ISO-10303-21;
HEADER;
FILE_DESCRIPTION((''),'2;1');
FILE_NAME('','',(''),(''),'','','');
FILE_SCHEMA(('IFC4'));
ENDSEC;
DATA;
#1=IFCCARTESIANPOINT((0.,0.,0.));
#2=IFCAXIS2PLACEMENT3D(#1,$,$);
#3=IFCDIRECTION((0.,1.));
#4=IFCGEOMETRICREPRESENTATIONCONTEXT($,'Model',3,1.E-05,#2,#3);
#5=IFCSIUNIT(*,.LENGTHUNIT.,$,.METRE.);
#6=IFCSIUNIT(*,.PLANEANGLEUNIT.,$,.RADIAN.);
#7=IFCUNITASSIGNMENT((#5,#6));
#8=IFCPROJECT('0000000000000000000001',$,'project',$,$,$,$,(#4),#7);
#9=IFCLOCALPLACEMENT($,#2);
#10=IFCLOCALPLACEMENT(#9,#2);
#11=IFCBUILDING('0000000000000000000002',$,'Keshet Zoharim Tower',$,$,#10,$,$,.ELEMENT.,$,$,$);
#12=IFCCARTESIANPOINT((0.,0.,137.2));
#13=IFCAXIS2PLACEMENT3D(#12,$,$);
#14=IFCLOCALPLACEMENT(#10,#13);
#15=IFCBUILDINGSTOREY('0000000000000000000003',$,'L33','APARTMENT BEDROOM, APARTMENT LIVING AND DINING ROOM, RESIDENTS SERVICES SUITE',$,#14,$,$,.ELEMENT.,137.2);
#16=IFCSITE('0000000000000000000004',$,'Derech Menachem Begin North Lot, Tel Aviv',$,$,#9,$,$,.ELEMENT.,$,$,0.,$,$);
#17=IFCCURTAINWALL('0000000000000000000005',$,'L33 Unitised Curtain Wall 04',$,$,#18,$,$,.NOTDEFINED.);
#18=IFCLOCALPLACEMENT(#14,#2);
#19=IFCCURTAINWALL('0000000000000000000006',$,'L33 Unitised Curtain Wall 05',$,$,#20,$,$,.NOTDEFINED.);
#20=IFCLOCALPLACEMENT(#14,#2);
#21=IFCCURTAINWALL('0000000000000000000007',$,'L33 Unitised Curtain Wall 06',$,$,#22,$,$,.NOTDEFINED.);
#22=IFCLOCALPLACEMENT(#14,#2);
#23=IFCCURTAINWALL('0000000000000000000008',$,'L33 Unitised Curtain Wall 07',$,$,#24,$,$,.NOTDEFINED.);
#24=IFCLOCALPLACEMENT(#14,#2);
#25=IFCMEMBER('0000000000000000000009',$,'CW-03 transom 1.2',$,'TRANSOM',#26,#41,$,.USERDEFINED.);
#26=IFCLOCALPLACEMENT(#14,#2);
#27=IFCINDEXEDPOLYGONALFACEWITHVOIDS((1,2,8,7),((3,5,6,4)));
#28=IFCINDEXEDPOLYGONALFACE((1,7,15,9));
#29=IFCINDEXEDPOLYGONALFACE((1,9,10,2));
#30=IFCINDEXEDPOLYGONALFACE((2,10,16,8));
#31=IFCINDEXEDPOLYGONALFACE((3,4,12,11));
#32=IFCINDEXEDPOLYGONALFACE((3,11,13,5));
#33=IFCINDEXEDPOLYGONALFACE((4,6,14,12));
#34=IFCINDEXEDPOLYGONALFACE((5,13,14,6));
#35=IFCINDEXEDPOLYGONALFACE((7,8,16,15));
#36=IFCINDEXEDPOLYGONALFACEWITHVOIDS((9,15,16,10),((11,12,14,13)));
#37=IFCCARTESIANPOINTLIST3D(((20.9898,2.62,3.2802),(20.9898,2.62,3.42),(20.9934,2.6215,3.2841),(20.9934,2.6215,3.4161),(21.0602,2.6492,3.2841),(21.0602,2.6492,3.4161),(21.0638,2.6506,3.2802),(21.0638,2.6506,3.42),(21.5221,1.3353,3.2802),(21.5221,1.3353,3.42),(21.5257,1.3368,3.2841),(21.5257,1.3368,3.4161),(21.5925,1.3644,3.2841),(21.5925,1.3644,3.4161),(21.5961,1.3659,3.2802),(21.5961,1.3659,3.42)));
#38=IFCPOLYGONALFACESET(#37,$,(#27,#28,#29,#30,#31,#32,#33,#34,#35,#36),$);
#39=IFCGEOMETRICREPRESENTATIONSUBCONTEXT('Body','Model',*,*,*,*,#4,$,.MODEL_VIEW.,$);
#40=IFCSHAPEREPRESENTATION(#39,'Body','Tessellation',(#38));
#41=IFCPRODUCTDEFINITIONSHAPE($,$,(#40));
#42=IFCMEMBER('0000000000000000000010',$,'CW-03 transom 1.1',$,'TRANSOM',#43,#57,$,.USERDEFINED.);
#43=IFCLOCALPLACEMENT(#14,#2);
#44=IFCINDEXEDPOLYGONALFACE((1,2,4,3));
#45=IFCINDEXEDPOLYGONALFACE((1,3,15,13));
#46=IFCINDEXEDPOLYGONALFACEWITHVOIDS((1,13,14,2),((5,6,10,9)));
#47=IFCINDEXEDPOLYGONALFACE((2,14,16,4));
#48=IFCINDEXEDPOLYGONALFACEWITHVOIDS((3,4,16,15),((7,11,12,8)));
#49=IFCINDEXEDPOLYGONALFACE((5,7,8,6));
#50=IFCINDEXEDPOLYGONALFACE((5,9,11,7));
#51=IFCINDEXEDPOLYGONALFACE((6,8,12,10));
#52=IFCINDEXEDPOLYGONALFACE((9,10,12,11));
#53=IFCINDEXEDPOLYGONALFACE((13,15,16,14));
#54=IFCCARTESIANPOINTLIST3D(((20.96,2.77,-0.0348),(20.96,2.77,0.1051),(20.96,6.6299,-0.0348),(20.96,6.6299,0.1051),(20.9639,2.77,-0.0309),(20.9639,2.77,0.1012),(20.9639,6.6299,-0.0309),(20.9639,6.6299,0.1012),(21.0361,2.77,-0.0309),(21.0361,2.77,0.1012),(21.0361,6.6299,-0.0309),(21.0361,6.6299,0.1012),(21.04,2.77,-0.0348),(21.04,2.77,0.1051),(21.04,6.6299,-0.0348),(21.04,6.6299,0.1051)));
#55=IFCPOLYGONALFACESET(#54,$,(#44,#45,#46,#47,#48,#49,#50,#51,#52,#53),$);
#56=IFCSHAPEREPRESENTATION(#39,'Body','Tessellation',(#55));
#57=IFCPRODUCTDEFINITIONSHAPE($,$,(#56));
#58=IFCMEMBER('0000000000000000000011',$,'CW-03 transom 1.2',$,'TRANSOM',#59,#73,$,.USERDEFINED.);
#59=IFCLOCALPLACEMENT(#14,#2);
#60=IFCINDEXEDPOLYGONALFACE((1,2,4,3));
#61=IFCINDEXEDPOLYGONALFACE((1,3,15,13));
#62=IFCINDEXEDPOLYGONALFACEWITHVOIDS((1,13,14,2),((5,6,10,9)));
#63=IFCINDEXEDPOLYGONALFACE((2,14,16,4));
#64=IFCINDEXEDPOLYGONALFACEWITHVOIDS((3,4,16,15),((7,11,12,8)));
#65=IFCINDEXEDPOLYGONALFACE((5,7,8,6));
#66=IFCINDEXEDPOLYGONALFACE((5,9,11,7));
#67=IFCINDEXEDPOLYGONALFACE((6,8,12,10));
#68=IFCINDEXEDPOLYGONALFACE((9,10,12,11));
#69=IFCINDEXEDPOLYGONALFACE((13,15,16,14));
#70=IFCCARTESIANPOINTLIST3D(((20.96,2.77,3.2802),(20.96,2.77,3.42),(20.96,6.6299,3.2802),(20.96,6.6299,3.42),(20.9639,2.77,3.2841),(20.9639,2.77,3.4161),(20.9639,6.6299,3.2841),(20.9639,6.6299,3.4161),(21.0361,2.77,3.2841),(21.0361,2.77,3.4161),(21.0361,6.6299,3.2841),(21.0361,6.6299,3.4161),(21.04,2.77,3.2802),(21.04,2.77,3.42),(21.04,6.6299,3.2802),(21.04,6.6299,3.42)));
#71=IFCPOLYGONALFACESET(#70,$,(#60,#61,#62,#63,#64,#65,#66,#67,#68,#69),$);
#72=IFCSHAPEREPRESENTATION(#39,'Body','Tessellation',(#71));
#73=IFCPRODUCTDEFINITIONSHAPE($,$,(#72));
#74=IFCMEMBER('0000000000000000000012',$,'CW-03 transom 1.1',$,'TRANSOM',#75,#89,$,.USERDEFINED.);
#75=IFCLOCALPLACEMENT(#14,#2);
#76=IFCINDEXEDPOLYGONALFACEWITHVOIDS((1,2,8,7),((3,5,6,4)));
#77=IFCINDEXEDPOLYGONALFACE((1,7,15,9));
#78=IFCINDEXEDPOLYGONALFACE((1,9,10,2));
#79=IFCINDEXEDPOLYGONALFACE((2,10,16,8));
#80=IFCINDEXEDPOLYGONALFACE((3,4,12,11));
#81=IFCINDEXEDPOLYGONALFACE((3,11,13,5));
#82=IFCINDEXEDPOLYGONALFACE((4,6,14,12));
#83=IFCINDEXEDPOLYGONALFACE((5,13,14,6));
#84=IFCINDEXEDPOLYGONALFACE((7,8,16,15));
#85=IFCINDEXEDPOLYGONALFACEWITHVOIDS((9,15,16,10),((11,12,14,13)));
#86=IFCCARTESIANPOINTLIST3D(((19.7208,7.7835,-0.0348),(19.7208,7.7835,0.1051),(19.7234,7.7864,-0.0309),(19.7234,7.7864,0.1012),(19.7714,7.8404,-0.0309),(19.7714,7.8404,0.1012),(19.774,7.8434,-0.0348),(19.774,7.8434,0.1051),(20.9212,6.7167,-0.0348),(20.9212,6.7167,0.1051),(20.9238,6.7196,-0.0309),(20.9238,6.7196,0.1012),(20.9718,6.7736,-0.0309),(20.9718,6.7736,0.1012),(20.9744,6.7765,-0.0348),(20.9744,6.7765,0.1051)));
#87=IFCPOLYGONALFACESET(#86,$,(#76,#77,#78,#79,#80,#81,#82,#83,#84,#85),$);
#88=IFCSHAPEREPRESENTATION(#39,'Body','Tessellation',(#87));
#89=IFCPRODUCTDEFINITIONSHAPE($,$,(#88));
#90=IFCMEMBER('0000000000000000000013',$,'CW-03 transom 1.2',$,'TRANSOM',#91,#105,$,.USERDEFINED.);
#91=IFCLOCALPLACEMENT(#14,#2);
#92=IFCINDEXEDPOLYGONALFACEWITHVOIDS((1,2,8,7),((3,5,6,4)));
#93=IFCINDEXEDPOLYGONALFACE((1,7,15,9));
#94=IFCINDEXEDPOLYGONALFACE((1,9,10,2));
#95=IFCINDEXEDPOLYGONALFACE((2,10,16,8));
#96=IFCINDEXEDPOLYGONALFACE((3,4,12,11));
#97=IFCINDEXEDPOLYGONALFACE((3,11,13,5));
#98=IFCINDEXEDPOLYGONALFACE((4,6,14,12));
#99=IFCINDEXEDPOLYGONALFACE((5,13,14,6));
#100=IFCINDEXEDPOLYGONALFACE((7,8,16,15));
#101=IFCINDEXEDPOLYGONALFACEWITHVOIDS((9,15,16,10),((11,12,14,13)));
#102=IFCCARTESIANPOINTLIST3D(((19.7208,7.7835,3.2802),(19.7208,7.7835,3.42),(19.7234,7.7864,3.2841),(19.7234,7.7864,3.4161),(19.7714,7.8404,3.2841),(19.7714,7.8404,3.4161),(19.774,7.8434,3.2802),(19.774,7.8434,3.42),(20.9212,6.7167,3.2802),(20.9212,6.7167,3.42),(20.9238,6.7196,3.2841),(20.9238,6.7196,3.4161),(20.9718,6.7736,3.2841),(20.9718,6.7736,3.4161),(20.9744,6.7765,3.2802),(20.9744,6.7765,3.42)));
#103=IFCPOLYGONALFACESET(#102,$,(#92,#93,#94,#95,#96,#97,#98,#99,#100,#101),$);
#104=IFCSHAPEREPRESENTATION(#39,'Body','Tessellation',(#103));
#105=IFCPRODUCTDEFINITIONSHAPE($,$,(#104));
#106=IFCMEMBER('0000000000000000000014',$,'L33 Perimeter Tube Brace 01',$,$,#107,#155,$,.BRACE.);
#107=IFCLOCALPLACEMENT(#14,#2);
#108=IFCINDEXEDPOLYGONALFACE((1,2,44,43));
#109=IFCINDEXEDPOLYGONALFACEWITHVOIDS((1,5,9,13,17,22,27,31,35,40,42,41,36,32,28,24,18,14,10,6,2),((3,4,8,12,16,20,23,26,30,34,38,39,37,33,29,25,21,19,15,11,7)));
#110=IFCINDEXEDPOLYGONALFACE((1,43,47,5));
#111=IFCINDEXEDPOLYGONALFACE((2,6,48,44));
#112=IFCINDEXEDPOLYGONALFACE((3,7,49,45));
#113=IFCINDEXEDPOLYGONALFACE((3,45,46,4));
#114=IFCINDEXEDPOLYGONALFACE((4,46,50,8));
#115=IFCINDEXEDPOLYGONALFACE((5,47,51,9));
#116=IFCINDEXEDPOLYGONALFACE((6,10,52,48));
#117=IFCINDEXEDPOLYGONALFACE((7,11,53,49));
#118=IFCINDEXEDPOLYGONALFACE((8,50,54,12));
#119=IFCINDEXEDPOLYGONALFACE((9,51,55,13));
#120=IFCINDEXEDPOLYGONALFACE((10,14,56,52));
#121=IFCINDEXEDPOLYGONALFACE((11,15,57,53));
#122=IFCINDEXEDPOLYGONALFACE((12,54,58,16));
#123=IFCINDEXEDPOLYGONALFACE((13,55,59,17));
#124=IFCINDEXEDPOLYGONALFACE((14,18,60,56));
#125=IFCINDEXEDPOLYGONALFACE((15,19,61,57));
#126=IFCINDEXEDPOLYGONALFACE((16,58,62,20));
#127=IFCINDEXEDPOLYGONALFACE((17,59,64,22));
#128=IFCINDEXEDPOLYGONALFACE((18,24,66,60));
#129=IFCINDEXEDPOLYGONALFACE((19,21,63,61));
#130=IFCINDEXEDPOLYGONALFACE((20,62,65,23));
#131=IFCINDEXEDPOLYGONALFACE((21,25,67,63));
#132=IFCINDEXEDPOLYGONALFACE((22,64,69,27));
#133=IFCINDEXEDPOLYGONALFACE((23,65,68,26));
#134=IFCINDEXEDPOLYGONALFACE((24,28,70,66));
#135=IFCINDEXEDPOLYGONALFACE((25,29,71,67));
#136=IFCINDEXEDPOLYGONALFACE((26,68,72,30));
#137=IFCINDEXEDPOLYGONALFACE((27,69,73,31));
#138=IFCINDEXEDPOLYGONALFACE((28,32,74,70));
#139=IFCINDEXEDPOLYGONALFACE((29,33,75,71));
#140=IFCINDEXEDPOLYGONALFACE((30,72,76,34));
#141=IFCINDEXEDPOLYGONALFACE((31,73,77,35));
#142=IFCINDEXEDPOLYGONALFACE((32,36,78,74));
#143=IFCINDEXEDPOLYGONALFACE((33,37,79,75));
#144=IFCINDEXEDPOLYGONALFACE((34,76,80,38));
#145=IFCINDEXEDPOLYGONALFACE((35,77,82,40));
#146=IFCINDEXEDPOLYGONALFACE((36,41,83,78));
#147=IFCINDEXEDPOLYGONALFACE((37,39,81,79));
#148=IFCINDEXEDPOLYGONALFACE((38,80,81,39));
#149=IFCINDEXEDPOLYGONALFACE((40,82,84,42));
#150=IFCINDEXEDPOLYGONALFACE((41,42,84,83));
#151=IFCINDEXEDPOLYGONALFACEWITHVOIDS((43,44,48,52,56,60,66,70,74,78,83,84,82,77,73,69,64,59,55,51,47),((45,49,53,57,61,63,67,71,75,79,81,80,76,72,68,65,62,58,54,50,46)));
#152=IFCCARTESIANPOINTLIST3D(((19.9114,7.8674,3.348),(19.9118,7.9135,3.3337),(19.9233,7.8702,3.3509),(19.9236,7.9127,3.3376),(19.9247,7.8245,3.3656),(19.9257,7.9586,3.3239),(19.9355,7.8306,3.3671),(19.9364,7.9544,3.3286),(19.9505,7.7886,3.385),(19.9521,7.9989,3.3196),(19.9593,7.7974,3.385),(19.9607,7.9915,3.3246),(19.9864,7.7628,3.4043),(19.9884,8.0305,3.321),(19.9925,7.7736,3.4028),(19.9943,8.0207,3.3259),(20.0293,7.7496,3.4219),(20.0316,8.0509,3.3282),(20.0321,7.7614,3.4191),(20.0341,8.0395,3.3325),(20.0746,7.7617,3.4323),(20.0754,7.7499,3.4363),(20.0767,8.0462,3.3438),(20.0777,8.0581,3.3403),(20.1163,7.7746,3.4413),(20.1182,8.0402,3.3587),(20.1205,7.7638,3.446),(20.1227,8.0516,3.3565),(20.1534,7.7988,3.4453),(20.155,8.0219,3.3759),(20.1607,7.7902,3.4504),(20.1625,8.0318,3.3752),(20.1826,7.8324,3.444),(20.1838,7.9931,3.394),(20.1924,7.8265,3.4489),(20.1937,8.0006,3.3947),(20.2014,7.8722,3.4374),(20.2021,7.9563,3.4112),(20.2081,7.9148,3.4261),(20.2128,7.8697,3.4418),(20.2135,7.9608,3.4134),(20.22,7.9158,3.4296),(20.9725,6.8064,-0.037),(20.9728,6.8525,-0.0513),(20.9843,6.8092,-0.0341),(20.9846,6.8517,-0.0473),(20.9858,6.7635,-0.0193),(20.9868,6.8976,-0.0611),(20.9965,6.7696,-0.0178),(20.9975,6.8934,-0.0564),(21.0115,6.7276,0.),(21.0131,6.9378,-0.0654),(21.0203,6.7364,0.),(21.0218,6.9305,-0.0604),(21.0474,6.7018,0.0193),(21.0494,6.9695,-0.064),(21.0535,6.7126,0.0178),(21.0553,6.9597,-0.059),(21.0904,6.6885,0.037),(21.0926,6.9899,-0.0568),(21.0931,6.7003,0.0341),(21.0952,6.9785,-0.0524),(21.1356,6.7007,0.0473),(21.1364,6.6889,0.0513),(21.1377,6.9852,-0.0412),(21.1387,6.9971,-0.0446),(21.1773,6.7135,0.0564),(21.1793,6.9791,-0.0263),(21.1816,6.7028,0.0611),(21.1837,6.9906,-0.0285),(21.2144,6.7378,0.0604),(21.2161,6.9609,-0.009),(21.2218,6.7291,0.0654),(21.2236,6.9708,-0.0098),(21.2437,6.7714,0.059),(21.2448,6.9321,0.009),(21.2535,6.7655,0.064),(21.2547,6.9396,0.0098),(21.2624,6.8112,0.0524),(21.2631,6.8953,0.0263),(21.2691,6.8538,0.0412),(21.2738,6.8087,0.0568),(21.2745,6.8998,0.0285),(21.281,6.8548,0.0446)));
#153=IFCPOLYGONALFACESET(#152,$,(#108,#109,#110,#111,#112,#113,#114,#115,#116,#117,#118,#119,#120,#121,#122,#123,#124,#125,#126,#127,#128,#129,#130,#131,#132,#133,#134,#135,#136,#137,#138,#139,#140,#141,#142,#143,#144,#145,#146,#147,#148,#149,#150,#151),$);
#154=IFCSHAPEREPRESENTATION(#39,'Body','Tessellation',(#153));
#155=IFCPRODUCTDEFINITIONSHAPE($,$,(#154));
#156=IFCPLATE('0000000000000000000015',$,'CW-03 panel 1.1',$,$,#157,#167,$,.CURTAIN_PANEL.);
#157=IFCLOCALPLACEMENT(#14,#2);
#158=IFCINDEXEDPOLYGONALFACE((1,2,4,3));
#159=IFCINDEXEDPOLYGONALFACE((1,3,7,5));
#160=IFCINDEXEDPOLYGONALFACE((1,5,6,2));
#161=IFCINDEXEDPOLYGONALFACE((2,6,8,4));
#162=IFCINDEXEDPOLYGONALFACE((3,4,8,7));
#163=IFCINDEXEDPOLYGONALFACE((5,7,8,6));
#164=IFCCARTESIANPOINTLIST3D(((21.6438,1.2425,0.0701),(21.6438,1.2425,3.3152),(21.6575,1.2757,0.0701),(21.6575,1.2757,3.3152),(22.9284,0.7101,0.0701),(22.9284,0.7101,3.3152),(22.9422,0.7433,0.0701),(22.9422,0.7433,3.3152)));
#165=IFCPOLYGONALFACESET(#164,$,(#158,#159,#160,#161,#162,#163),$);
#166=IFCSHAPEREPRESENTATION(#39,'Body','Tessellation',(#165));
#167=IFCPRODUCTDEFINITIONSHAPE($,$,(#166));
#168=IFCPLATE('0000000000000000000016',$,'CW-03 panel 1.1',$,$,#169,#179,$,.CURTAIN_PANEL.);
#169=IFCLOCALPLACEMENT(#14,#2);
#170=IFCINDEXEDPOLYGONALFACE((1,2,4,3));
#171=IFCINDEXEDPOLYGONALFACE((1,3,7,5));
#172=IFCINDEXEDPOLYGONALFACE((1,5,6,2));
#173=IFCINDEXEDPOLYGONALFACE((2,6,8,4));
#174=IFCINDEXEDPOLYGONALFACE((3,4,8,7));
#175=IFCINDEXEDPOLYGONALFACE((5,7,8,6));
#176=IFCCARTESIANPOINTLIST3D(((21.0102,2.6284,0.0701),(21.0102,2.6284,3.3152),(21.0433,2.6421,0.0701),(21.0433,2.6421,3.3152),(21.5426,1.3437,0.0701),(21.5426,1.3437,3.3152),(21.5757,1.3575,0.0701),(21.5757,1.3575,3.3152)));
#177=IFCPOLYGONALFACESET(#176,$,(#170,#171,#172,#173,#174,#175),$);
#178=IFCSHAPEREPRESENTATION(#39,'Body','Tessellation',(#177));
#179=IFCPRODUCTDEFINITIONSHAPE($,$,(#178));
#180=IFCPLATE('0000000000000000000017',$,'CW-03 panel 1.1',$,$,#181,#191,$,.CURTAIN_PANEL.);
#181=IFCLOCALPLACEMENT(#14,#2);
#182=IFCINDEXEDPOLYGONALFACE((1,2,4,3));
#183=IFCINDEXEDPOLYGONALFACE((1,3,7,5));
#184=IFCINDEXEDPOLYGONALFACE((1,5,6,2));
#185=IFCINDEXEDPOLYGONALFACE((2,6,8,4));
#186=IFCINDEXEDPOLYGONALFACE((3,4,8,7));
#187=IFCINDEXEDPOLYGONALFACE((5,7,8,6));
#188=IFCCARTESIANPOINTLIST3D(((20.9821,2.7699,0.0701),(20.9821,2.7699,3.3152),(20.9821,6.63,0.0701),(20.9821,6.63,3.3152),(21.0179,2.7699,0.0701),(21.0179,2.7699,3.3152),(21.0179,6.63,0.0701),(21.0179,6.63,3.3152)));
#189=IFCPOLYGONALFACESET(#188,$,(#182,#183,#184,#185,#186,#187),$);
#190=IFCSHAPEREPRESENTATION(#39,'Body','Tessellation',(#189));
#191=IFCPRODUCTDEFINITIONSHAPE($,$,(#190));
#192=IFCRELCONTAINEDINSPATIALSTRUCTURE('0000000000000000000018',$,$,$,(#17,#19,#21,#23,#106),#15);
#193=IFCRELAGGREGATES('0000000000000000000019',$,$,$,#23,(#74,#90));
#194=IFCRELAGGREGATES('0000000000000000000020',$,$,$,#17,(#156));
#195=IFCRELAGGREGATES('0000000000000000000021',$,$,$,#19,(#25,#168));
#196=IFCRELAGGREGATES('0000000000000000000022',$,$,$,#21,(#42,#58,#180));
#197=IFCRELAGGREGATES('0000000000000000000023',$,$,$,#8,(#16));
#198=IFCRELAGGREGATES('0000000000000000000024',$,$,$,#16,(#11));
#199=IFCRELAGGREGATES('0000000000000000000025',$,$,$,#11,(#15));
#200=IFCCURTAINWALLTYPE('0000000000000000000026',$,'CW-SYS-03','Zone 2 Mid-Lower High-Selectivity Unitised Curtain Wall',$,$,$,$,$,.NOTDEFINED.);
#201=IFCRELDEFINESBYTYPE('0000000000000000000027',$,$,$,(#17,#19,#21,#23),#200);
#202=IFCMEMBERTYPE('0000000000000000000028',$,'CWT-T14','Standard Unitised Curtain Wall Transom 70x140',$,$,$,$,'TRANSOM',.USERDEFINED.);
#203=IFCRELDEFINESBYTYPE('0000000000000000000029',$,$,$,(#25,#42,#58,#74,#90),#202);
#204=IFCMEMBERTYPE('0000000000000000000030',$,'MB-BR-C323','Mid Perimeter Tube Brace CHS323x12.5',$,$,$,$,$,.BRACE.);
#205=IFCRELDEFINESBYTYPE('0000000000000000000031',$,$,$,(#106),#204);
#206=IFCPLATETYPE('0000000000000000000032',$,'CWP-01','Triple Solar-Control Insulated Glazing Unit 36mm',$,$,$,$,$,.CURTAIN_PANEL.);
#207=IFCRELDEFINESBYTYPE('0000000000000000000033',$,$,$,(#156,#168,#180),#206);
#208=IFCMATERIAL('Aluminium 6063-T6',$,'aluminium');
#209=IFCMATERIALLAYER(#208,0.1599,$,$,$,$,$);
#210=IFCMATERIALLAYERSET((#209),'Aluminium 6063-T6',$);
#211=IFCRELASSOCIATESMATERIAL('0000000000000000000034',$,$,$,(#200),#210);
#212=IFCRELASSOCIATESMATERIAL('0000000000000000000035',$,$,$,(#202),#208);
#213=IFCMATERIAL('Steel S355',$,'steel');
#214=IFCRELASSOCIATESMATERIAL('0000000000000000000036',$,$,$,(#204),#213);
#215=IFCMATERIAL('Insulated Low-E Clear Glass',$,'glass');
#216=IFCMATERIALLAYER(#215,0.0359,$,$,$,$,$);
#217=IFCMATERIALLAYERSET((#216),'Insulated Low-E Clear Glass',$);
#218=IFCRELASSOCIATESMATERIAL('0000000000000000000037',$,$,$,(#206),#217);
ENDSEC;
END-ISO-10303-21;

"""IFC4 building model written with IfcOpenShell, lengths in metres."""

from ifc_helpers import new_model, si_unit, direction, frame, origin, origin_2d, place, context, subcontext, project, spatial, rectangle, hollow_rectangle, hollow_circle, extrude, material, layer, layer_set, material_profile, profile_set, type_object, element, aggregate, save


model = new_model("IFC4")

# Units and contexts
model_context = context("Model", 3, precision=1e-05, world=origin(), true_north=direction((0.0, 1.0)))
body_context = subcontext(model_context, "Body", "Model", "MODEL_VIEW")
ifc_project = project(units=[si_unit("LENGTHUNIT", "METRE"), si_unit("PLANEANGLEUNIT", "RADIAN")], contexts=[model_context])

# Site, building, storey
site_placement = place(None, origin())
site = spatial("IfcSite", under=ifc_project, at=site_placement, Name="Derech Menachem Begin North Lot, Tel Aviv", CompositionType="ELEMENT", RefElevation=0.0)
building_placement = place(site_placement, origin())
building = spatial("IfcBuilding", under=site, at=building_placement, Name="Keshet Zoharim Tower", CompositionType="ELEMENT")
storey_placement = place(building_placement, frame((0.0, 0.0, 137.2)))
storey = spatial("IfcBuildingStorey", under=building, at=storey_placement, Name="L33", Description="APARTMENT BEDROOM, APARTMENT LIVING AND DINING ROOM, RESIDENTS SERVICES SUITE", CompositionType="ELEMENT", Elevation=137.2)

# Shared definitions
ifc_material_1 = material(Name="Steel S355", Category="steel")

# Shared definitions
ifc_material_2 = material(Name="Aluminium 6063-T6", Category="aluminium")
ifc_layer_1 = layer(ifc_material_2, 0.1599)
ifc_layer_set_1 = layer_set([ifc_layer_1], Name="Aluminium 6063-T6")
curtain_wall_type = type_object("IfcCurtainWallType", Name="CW-SYS-03", Description="Zone 2 Mid-Lower High-Selectivity Unitised Curtain Wall", PredefinedType="NOTDEFINED", material=ifc_layer_set_1)

# Curtain walls
curtain_wall_1_placement = place(storey_placement, origin())
curtain_wall_1 = element("IfcCurtainWall", 1, at=curtain_wall_1_placement, inside=storey, type_object=curtain_wall_type, Name="L33 Unitised Curtain Wall 04", PredefinedType="NOTDEFINED")
curtain_wall_2_placement = place(storey_placement, origin())
curtain_wall_2 = element("IfcCurtainWall", 2, at=curtain_wall_2_placement, inside=storey, type_object=curtain_wall_type, Name="L33 Unitised Curtain Wall 05", PredefinedType="NOTDEFINED")
curtain_wall_3_placement = place(storey_placement, origin())
curtain_wall_3 = element("IfcCurtainWall", 3, at=curtain_wall_3_placement, inside=storey, type_object=curtain_wall_type, Name="L33 Unitised Curtain Wall 06", PredefinedType="NOTDEFINED")

# Curtain wall
curtain_wall_4_placement = place(storey_placement, origin())
curtain_wall_4 = element("IfcCurtainWall", 4, at=curtain_wall_4_placement, inside=storey, type_object=curtain_wall_type, Name="L33 Unitised Curtain Wall 07", PredefinedType="NOTDEFINED")

# Members
ifc_material_profile_1 = material_profile(ifc_material_2, hollow_rectangle(XDim=0.0801, YDim=0.1399, WallThickness=0.0039, at=origin_2d()), Name="TRN-80x140")
ifc_profile_set_1 = profile_set([ifc_material_profile_1], Name="Aluminium 6063-T6")
member_type_1 = type_object("IfcMemberType", Name="CWT-T14", Description="Standard Unitised Curtain Wall Transom 70x140", ElementType="TRANSOM", PredefinedType="USERDEFINED", material=ifc_profile_set_1)
member_1_placement = place(storey_placement, frame((21.5591, 1.3506, 3.3501), z_axis=(-0.382745, 0.923854, 0.0), x_axis=(-0.923854, -0.382745, 0.0)))
member_1 = element("IfcMember", 5, at=member_1_placement, type_object=member_type_1, Name="CW-03 transom 1.2", ObjectType="TRANSOM", PredefinedType="USERDEFINED", context=body_context, shape_type="SweptSolid", body=[
    extrude(hollow_rectangle(XDim=0.0801, YDim=0.1399, WallThickness=0.0039, at=origin_2d()), origin(), (0.0, 0.0, 1.0), 1.3906),
])
member_2_placement = place(storey_placement, frame((21.0, 2.77, 0.0352), z_axis=(0.0, 1.0, 0.0), x_axis=(-1.0, 0.0, 0.0)))
member_2 = element("IfcMember", 6, at=member_2_placement, type_object=member_type_1, Name="CW-03 transom 1.1", ObjectType="TRANSOM", PredefinedType="USERDEFINED", context=body_context, shape_type="SweptSolid", body=[
    extrude(hollow_rectangle(XDim=0.0801, YDim=0.1399, WallThickness=0.0039, at=origin_2d()), origin(), (0.0, 0.0, 1.0), 3.8599),
])
member_3_placement = place(storey_placement, frame((21.0, 2.77, 3.3501), z_axis=(0.0, 1.0, 0.0), x_axis=(-1.0, 0.0, 0.0)))
member_3 = element("IfcMember", 7, at=member_3_placement, type_object=member_type_1, Name="CW-03 transom 1.2", ObjectType="TRANSOM", PredefinedType="USERDEFINED", context=body_context, shape_type="SweptSolid", body=[
    extrude(hollow_rectangle(XDim=0.0801, YDim=0.1399, WallThickness=0.0039, at=origin_2d()), origin(), (0.0, 0.0, 1.0), 3.8599),
])
member_4_placement = place(storey_placement, frame((20.9478, 6.7466, 0.0352), z_axis=(-0.74746, 0.664307, 0.0), x_axis=(-0.664307, -0.74746, 0.0)))
member_4 = element("IfcMember", 8, at=member_4_placement, type_object=member_type_1, Name="CW-03 transom 1.1", ObjectType="TRANSOM", PredefinedType="USERDEFINED", context=body_context, shape_type="SweptSolid", body=[
    extrude(hollow_rectangle(XDim=0.0801, YDim=0.1399, WallThickness=0.0039, at=origin_2d()), origin(), (0.0, 0.0, 1.0), 1.606),
])
member_5_placement = place(storey_placement, frame((20.9478, 6.7466, 3.3501), z_axis=(-0.74746, 0.664307, 0.0), x_axis=(-0.664307, -0.74746, 0.0)))
member_5 = element("IfcMember", 9, at=member_5_placement, type_object=member_type_1, Name="CW-03 transom 1.2", ObjectType="TRANSOM", PredefinedType="USERDEFINED", context=body_context, shape_type="SweptSolid", body=[
    extrude(hollow_rectangle(XDim=0.0801, YDim=0.1399, WallThickness=0.0039, at=origin_2d()), origin(), (0.0, 0.0, 1.0), 1.606),
])
aggregate(curtain_wall_4, [member_4, member_5])
ifc_material_profile_2 = material_profile(ifc_material_1, hollow_circle(Radius=0.1619, WallThickness=0.0125, at=origin_2d()), Name="CHS323x12.5")
ifc_profile_set_2 = profile_set([ifc_material_profile_2], Name="Steel S355")
member_type_2 = type_object("IfcMemberType", Name="MB-BR-C323", Description="Mid Perimeter Tube Brace CHS323x12.5", PredefinedType="BRACE", material=ifc_profile_set_2)
member_6_placement = place(storey_placement, frame((21.126, 6.842, 0.0), z_axis=(-0.286558, 0.286558, 0.914204), x_axis=(-0.707107, -0.707107, 0.0)))
element("IfcMember", 10, at=member_6_placement, inside=storey, type_object=member_type_2, Name="L33 Perimeter Tube Brace 01", PredefinedType="BRACE", context=body_context, shape_type="SweptSolid", body=[
    extrude(hollow_circle(Radius=0.1619, WallThickness=0.0125, at=origin_2d()), origin(), (0.0, 0.0, 1.0), 3.7026),
])

# Plates
ifc_material_3 = material(Name="Insulated Low-E Clear Glass", Category="glass")
ifc_layer_2 = layer(ifc_material_3, 0.0359)
ifc_layer_set_2 = layer_set([ifc_layer_2], Name="Insulated Low-E Clear Glass")
plate_type = type_object("IfcPlateType", Name="CWP-01", Description="Triple Solar-Control Insulated Glazing Unit 36mm", PredefinedType="CURTAIN_PANEL", material=ifc_layer_set_2)
plate_1_placement = place(storey_placement, frame((22.293, 0.9929, 0.0701), z_axis=(0.0, 0.0, 1.0), x_axis=(-0.92381, 0.382852, 0.0)))
plate_1 = element("IfcPlate", 11, at=plate_1_placement, type_object=plate_type, Name="CW-03 panel 1.1", PredefinedType="CURTAIN_PANEL", context=body_context, shape_type="SweptSolid", body=[
    extrude(rectangle(XDim=1.3906, YDim=0.0359, at=origin_2d()), origin(), (0.0, 0.0, 1.0), 3.2451),
])
aggregate(curtain_wall_1, [plate_1])
plate_2_placement = place(storey_placement, frame((21.293, 1.9929, 0.0701), z_axis=(0.0, 0.0, 1.0), x_axis=(-0.382852, 0.92381, 0.0)))
plate_2 = element("IfcPlate", 12, at=plate_2_placement, type_object=plate_type, Name="CW-03 panel 1.1", PredefinedType="CURTAIN_PANEL", context=body_context, shape_type="SweptSolid", body=[
    extrude(rectangle(XDim=1.3906, YDim=0.0359, at=origin_2d()), origin(), (0.0, 0.0, 1.0), 3.2451),
])
aggregate(curtain_wall_2, [member_1, plate_2])
plate_3_placement = place(storey_placement, frame((21.0, 4.7, 0.0701), z_axis=(0.0, 0.0, 1.0), x_axis=(0.0, 1.0, 0.0)))
plate_3 = element("IfcPlate", 13, at=plate_3_placement, type_object=plate_type, Name="CW-03 panel 1.1", PredefinedType="CURTAIN_PANEL", context=body_context, shape_type="SweptSolid", body=[
    extrude(rectangle(XDim=3.8601, YDim=0.0359, at=origin_2d()), origin(), (0.0, 0.0, 1.0), 3.2451),
])
aggregate(curtain_wall_3, [member_2, member_3, plate_3])

save(model, "model.ifc")
